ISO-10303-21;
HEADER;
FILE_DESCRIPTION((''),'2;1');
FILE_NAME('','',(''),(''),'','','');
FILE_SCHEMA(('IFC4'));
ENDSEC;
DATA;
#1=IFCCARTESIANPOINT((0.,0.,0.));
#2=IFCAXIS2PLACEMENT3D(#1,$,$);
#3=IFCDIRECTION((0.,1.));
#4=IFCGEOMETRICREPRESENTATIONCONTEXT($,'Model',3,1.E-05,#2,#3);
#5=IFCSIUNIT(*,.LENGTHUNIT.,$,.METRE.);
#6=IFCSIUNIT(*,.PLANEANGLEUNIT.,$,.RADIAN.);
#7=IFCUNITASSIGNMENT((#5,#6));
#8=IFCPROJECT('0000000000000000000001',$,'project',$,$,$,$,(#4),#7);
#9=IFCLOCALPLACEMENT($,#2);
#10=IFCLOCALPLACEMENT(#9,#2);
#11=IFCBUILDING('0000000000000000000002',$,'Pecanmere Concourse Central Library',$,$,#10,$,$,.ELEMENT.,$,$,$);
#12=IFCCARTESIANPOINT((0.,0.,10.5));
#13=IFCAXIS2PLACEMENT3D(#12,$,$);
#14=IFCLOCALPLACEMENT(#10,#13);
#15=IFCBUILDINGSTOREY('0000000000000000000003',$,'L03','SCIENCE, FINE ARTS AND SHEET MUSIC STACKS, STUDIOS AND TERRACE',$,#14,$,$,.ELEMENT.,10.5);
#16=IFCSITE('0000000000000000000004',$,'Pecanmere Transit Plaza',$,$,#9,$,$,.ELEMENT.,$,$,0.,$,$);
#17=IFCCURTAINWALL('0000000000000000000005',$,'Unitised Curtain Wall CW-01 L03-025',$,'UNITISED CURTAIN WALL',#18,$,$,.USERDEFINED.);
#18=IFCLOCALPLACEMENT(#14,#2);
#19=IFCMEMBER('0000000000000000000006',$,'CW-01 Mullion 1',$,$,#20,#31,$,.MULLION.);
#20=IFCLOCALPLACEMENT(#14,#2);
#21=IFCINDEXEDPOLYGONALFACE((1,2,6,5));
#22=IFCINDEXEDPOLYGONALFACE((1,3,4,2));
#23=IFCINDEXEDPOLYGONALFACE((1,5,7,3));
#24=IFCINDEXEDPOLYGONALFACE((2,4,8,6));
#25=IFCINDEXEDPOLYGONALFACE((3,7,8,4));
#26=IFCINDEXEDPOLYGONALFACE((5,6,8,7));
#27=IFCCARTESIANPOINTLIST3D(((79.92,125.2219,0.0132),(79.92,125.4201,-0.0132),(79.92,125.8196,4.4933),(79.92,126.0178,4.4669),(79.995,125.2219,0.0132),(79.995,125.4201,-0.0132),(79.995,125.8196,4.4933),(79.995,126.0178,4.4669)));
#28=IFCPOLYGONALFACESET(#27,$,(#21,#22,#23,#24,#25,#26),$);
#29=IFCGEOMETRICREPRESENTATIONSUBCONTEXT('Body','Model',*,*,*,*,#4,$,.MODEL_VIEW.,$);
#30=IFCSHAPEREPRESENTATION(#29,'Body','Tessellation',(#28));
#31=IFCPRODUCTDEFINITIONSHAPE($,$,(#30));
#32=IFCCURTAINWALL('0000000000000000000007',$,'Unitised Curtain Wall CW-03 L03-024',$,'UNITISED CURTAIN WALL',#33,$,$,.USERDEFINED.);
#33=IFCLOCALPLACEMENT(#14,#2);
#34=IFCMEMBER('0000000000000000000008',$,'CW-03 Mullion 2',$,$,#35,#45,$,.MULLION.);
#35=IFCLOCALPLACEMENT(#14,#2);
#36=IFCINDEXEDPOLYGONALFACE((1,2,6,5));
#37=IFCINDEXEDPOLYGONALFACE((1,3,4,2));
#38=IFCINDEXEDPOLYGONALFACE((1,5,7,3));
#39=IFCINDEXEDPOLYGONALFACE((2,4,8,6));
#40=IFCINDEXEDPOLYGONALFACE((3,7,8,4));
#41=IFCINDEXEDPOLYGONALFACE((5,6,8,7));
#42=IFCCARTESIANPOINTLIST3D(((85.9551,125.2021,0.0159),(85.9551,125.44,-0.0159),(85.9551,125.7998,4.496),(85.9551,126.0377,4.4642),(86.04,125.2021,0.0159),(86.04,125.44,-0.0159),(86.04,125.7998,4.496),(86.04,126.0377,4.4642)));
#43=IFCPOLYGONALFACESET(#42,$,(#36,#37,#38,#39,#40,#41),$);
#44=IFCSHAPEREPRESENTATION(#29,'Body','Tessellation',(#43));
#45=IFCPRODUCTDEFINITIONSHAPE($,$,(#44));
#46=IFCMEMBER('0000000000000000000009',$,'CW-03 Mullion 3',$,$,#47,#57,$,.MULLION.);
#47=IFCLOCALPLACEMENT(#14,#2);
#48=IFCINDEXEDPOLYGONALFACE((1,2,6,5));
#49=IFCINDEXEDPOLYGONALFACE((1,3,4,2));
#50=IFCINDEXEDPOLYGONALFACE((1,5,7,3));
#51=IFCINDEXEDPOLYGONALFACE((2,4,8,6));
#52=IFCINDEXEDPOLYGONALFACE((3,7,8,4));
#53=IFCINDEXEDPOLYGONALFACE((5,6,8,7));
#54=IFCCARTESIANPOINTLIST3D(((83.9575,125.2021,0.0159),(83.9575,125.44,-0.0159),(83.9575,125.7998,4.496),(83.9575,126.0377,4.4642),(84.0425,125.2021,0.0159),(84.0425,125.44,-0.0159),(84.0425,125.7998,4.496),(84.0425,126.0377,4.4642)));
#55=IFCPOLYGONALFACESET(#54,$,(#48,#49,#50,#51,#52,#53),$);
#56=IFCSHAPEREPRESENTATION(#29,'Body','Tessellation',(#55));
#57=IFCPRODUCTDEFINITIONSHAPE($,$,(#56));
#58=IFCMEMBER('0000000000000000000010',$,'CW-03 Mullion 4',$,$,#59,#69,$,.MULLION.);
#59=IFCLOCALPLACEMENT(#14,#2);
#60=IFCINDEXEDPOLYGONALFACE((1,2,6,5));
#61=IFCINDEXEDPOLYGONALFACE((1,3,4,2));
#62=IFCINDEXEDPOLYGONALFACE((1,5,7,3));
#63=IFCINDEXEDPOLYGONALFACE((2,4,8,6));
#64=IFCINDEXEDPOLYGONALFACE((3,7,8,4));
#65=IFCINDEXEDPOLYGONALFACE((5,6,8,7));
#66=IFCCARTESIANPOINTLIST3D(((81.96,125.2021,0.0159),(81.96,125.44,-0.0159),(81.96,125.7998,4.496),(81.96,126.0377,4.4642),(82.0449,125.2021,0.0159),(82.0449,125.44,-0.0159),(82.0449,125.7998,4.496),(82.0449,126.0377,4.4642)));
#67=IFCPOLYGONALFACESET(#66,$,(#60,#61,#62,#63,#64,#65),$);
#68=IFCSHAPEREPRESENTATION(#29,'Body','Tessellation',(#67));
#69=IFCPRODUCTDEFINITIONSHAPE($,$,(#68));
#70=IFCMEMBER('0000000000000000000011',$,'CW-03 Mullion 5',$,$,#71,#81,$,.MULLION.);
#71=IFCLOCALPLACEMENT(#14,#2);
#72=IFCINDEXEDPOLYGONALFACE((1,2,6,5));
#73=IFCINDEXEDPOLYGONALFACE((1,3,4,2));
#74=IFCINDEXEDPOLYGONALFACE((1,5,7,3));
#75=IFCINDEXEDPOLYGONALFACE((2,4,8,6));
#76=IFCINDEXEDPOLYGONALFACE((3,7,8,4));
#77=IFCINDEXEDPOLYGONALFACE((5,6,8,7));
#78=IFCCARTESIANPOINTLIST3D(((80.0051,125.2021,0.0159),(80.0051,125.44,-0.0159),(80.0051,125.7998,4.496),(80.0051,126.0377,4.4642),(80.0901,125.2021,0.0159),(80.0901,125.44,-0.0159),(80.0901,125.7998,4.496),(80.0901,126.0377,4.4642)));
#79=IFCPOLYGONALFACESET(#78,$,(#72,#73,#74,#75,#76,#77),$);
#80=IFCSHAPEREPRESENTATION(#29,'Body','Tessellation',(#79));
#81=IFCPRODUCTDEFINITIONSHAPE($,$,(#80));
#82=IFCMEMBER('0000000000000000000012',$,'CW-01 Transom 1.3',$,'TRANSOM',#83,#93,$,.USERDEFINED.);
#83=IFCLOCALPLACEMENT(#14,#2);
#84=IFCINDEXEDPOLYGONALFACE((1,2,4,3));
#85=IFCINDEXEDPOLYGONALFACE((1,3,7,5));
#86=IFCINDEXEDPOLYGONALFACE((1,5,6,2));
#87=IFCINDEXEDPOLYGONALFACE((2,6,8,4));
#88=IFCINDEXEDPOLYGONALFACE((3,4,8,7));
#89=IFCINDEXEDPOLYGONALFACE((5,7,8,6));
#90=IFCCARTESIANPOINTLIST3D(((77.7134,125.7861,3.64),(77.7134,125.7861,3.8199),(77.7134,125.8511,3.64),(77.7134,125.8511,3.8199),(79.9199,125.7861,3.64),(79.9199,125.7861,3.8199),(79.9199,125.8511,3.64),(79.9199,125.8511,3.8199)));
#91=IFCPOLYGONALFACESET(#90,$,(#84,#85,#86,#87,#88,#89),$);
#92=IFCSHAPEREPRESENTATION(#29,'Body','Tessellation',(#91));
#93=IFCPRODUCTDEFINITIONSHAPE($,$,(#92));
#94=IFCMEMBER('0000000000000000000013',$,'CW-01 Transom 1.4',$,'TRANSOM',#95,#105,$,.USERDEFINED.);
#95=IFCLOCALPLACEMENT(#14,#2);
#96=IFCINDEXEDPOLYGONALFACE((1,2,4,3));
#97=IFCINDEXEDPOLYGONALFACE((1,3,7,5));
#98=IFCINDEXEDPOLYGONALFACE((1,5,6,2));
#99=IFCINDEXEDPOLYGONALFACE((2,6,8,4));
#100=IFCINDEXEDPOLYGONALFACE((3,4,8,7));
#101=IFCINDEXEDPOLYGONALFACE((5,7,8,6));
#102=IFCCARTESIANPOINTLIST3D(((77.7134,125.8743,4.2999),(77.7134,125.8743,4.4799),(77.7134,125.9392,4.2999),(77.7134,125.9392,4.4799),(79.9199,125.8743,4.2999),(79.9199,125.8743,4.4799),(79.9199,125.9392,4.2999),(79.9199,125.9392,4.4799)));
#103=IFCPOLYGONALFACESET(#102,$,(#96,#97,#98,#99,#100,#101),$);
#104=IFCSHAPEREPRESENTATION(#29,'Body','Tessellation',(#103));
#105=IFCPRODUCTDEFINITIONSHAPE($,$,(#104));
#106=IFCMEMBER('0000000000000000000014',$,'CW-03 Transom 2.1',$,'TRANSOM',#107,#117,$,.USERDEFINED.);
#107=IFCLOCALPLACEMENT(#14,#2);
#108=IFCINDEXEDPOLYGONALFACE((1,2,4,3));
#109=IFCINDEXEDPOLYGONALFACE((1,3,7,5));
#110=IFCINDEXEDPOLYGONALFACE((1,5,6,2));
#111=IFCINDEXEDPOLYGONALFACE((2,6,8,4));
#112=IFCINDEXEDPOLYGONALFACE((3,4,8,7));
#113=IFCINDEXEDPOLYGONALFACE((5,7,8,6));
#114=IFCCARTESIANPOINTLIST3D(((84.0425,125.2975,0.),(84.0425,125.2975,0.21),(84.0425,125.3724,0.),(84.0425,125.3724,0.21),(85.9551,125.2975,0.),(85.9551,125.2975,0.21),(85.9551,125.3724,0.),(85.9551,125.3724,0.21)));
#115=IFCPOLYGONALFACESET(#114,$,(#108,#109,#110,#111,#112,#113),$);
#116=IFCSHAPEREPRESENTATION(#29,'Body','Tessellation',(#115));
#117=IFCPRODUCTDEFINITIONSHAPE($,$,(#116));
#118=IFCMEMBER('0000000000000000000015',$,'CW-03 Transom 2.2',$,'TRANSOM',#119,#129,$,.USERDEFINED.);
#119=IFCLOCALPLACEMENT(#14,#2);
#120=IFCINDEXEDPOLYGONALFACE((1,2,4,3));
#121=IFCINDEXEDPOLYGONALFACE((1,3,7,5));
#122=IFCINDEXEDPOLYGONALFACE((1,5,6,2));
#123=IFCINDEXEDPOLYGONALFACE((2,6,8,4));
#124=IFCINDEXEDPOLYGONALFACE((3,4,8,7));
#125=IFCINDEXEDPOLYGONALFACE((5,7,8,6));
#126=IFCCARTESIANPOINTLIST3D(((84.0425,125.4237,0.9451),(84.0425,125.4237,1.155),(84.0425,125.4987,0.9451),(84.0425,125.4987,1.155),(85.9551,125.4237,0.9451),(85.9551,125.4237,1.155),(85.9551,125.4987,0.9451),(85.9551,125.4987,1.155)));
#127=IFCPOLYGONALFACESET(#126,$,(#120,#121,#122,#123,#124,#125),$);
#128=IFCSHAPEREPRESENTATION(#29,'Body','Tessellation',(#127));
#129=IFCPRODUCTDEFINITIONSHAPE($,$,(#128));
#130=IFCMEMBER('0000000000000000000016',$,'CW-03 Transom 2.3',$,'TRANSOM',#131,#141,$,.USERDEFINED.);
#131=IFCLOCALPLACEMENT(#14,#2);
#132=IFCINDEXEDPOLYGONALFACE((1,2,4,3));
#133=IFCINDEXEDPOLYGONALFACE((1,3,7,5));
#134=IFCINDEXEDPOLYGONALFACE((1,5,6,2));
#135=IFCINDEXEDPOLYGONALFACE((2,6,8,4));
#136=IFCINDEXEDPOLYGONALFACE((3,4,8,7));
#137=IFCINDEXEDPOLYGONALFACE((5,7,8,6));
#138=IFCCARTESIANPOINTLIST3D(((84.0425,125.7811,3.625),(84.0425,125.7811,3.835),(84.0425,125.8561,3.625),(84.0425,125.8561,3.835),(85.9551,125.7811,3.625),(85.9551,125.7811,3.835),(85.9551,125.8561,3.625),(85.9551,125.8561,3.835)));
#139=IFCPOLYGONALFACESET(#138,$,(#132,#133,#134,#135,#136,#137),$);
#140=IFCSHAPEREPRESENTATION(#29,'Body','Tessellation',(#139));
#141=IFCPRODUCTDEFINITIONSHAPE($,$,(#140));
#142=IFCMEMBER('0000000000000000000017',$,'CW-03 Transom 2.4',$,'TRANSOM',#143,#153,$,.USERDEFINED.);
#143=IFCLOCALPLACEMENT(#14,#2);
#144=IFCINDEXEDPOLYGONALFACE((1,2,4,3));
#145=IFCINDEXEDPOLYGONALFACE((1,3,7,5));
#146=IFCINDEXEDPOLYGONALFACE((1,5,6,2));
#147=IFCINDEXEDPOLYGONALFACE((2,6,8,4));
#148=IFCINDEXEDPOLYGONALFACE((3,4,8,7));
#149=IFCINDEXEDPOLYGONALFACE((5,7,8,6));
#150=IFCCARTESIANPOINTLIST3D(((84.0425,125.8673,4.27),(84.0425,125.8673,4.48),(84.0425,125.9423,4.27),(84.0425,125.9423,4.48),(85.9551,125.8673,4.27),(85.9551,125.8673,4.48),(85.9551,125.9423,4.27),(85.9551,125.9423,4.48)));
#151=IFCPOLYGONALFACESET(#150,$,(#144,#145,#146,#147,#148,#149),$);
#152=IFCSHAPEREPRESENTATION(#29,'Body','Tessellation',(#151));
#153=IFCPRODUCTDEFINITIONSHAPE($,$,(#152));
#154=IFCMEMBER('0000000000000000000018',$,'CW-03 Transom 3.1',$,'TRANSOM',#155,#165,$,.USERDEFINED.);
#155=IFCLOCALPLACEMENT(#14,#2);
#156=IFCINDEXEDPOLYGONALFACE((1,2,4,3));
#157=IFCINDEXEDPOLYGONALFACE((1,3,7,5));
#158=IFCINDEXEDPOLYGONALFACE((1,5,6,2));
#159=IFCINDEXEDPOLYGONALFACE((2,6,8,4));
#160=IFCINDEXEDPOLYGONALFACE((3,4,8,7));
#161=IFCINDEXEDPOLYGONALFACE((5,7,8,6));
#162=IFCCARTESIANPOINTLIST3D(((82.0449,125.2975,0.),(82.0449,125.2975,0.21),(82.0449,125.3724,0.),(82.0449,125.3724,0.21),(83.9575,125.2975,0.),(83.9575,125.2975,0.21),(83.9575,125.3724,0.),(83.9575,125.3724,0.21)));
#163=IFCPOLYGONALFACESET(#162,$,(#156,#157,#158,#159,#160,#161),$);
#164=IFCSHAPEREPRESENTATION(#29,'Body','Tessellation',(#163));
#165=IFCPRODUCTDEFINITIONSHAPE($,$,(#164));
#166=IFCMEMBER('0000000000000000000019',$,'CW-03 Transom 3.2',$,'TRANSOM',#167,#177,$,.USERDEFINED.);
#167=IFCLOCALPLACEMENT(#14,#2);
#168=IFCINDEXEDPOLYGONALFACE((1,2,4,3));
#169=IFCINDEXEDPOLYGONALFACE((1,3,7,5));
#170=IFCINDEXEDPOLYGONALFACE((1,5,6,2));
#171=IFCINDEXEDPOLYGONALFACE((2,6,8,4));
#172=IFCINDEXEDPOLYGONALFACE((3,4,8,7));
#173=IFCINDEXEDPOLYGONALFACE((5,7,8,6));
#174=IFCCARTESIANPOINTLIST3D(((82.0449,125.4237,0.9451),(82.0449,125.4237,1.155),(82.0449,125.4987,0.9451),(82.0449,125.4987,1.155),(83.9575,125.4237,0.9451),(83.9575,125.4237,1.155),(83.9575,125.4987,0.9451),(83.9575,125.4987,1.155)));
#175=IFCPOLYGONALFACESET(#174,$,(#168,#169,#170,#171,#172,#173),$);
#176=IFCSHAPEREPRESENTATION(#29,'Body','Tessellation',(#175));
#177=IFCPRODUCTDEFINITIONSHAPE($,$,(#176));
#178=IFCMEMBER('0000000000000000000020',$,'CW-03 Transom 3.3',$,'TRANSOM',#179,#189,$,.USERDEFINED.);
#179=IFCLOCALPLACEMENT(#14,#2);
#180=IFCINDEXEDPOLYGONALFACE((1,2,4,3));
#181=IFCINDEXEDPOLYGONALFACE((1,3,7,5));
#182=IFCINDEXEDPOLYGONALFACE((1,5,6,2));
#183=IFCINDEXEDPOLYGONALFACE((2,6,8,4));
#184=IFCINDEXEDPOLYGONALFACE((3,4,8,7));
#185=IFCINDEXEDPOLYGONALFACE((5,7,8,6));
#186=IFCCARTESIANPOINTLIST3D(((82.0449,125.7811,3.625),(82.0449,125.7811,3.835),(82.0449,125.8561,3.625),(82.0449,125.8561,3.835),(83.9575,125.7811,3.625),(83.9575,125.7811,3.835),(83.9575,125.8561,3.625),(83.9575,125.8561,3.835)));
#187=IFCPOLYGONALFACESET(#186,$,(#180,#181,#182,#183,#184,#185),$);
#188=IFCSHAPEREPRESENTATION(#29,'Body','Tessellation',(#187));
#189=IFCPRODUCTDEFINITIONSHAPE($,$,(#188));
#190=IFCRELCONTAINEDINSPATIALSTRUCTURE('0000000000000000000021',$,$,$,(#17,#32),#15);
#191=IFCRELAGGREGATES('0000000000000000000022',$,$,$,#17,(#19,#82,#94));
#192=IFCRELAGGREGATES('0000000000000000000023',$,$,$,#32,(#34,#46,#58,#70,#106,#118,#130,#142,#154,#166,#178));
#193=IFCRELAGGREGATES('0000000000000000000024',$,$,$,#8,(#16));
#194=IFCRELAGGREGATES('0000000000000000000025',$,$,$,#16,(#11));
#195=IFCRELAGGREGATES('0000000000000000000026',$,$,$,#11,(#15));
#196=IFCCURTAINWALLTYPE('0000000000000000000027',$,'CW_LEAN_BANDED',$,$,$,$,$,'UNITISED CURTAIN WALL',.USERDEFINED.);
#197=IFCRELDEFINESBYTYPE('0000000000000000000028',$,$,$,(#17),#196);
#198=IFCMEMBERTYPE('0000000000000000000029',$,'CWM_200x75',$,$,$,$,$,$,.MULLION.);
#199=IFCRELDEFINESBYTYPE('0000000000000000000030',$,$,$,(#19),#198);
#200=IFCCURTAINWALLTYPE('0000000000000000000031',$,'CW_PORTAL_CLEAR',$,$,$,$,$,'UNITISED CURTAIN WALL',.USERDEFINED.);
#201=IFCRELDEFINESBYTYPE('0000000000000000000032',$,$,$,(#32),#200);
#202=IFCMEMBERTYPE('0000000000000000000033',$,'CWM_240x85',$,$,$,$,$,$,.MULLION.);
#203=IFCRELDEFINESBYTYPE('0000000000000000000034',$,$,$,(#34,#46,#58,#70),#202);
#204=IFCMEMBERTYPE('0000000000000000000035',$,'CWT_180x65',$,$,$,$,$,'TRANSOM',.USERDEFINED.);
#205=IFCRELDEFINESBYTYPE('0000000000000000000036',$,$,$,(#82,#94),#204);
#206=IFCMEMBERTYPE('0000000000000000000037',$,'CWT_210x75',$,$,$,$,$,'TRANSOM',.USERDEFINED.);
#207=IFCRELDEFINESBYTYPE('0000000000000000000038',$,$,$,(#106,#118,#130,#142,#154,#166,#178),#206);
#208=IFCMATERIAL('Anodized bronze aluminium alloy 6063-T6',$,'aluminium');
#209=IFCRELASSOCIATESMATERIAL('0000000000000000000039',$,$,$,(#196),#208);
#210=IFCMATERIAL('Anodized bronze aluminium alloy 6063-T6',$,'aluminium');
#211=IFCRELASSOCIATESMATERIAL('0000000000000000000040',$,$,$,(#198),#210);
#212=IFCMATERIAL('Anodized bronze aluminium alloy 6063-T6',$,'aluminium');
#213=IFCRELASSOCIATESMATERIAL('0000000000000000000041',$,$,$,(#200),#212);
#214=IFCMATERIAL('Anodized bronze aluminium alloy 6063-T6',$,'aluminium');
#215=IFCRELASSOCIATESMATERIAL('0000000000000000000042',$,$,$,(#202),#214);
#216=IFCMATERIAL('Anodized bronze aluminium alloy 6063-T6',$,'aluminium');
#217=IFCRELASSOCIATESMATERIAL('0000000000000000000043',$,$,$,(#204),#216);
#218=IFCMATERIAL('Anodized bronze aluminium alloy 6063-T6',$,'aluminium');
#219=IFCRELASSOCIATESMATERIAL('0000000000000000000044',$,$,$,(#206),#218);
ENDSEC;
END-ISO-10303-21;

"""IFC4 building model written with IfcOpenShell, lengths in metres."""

from ifc_helpers import new_model, si_unit, direction, frame, origin, origin_2d, place, context, subcontext, project, spatial, rectangle, extrude, material, material_profile, profile_set, type_object, element, aggregate, save


model = new_model("IFC4")

# Units and contexts
model_context = context("Model", 3, precision=1e-05, world=origin(), true_north=direction((0.0, 1.0)))
body_context = subcontext(model_context, "Body", "Model", "MODEL_VIEW")
ifc_project = project(units=[si_unit("LENGTHUNIT", "METRE"), si_unit("PLANEANGLEUNIT", "RADIAN")], contexts=[model_context])

# Site, building, storey
site_placement = place(None, origin())
site = spatial("IfcSite", under=ifc_project, at=site_placement, Name="Pecanmere Transit Plaza", CompositionType="ELEMENT", RefElevation=0.0)
building_placement = place(site_placement, origin())
building = spatial("IfcBuilding", under=site, at=building_placement, Name="Pecanmere Concourse Central Library", CompositionType="ELEMENT")
storey_placement = place(building_placement, frame((0.0, 0.0, 10.5)))
storey = spatial("IfcBuildingStorey", under=building, at=storey_placement, Name="L03", Description="SCIENCE, FINE ARTS AND SHEET MUSIC STACKS, STUDIOS AND TERRACE", CompositionType="ELEMENT", Elevation=10.5)

# Curtain wall, member
ifc_material_1 = material(Name="Anodized bronze aluminium alloy 6063-T6", Category="aluminium")
curtain_wall_type_1 = type_object("IfcCurtainWallType", Name="CW_LEAN_BANDED", ElementType="UNITISED CURTAIN WALL", PredefinedType="USERDEFINED", material=ifc_material_1)
curtain_wall_1_placement = place(storey_placement, origin())
curtain_wall_1 = element("IfcCurtainWall", 1, at=curtain_wall_1_placement, inside=storey, type_object=curtain_wall_type_1, Name="Unitised Curtain Wall CW-01 L03-025", ObjectType="UNITISED CURTAIN WALL", PredefinedType="USERDEFINED")
ifc_material_2 = material(Name="Anodized bronze aluminium alloy 6063-T6", Category="aluminium")
ifc_material_profile_1 = material_profile(ifc_material_2, rectangle(XDim=0.075, YDim=0.2, at=origin_2d()), Name="AL 75x200")
ifc_profile_set_1 = profile_set([ifc_material_profile_1], Name="Anodized bronze aluminium alloy 6063-T6")
member_type_1 = type_object("IfcMemberType", Name="CWM_200x75", PredefinedType="MULLION", material=ifc_profile_set_1)
member_1_placement = place(storey_placement, frame((79.9575, 125.321, 0.0), z_axis=(0.0, 0.132234, 0.991218), x_axis=(-1.0, 0.0, 0.0)))
member_1 = element("IfcMember", 2, at=member_1_placement, type_object=member_type_1, Name="CW-01 Mullion 1", PredefinedType="MULLION", context=body_context, shape_type="SweptSolid", body=[
    extrude(rectangle(XDim=0.075, YDim=0.2, at=origin_2d()), origin(), (0.0, 0.0, 1.0), 4.5198),
])

# Curtain wall, members
ifc_material_3 = material(Name="Anodized bronze aluminium alloy 6063-T6", Category="aluminium")
curtain_wall_type_2 = type_object("IfcCurtainWallType", Name="CW_PORTAL_CLEAR", ElementType="UNITISED CURTAIN WALL", PredefinedType="USERDEFINED", material=ifc_material_3)
curtain_wall_2_placement = place(storey_placement, origin())
curtain_wall_2 = element("IfcCurtainWall", 3, at=curtain_wall_2_placement, inside=storey, type_object=curtain_wall_type_2, Name="Unitised Curtain Wall CW-03 L03-024", ObjectType="UNITISED CURTAIN WALL", PredefinedType="USERDEFINED")
ifc_material_4 = material(Name="Anodized bronze aluminium alloy 6063-T6", Category="aluminium")
ifc_material_profile_2 = material_profile(ifc_material_4, rectangle(XDim=0.085, YDim=0.24, at=origin_2d()), Name="AL 85x240")
ifc_profile_set_2 = profile_set([ifc_material_profile_2], Name="Anodized bronze aluminium alloy 6063-T6")
member_type_2 = type_object("IfcMemberType", Name="CWM_240x85", PredefinedType="MULLION", material=ifc_profile_set_2)
member_2_placement = place(storey_placement, frame((85.9976, 125.321, 0.0), z_axis=(0.0, 0.132234, 0.991218), x_axis=(-1.0, 0.0, 0.0)))
member_2 = element("IfcMember", 4, at=member_2_placement, type_object=member_type_2, Name="CW-03 Mullion 2", PredefinedType="MULLION", context=body_context, shape_type="SweptSolid", body=[
    extrude(rectangle(XDim=0.085, YDim=0.24, at=origin_2d()), origin(), (0.0, 0.0, 1.0), 4.5198),
])
member_3_placement = place(storey_placement, frame((84.0, 125.321, 0.0), z_axis=(0.0, 0.132234, 0.991218), x_axis=(-1.0, 0.0, 0.0)))
member_3 = element("IfcMember", 5, at=member_3_placement, type_object=member_type_2, Name="CW-03 Mullion 3", PredefinedType="MULLION", context=body_context, shape_type="SweptSolid", body=[
    extrude(rectangle(XDim=0.085, YDim=0.24, at=origin_2d()), origin(), (0.0, 0.0, 1.0), 4.5198),
])
member_4_placement = place(storey_placement, frame((82.0024, 125.321, 0.0), z_axis=(0.0, 0.132234, 0.991218), x_axis=(-1.0, 0.0, 0.0)))
member_4 = element("IfcMember", 6, at=member_4_placement, type_object=member_type_2, Name="CW-03 Mullion 4", PredefinedType="MULLION", context=body_context, shape_type="SweptSolid", body=[
    extrude(rectangle(XDim=0.085, YDim=0.24, at=origin_2d()), origin(), (0.0, 0.0, 1.0), 4.5198),
])
member_5_placement = place(storey_placement, frame((80.0476, 125.321, 0.0), z_axis=(0.0, 0.132234, 0.991218), x_axis=(-1.0, 0.0, 0.0)))
member_5 = element("IfcMember", 7, at=member_5_placement, type_object=member_type_2, Name="CW-03 Mullion 5", PredefinedType="MULLION", context=body_context, shape_type="SweptSolid", body=[
    extrude(rectangle(XDim=0.085, YDim=0.24, at=origin_2d()), origin(), (0.0, 0.0, 1.0), 4.5198),
])

# Members
ifc_material_5 = material(Name="Anodized bronze aluminium alloy 6063-T6", Category="aluminium")
ifc_material_profile_3 = material_profile(ifc_material_5, rectangle(XDim=0.0649, YDim=0.1799, at=origin_2d()), Name="AL 65x180")
ifc_profile_set_3 = profile_set([ifc_material_profile_3], Name="Anodized bronze aluminium alloy 6063-T6")
member_type_3 = type_object("IfcMemberType", Name="CWT_180x65", ElementType="TRANSOM", PredefinedType="USERDEFINED", material=ifc_profile_set_3)
member_6_placement = place(storey_placement, frame((79.9199, 125.8186, 3.73), z_axis=(-1.0, 0.0, 0.0), x_axis=(0.0, -1.0, 0.0)))
member_6 = element("IfcMember", 8, at=member_6_placement, type_object=member_type_3, Name="CW-01 Transom 1.3", ObjectType="TRANSOM", PredefinedType="USERDEFINED", context=body_context, shape_type="SweptSolid", body=[
    extrude(rectangle(XDim=0.0649, YDim=0.1799, at=origin_2d()), origin(), (0.0, 0.0, 1.0), 2.2065),
])
member_7_placement = place(storey_placement, frame((79.9199, 125.9067, 4.3899), z_axis=(-1.0, 0.0, 0.0), x_axis=(0.0, -1.0, 0.0)))
member_7 = element("IfcMember", 9, at=member_7_placement, type_object=member_type_3, Name="CW-01 Transom 1.4", ObjectType="TRANSOM", PredefinedType="USERDEFINED", context=body_context, shape_type="SweptSolid", body=[
    extrude(rectangle(XDim=0.0649, YDim=0.1799, at=origin_2d()), origin(), (0.0, 0.0, 1.0), 2.2065),
])
aggregate(curtain_wall_1, [member_1, member_6, member_7])
ifc_material_6 = material(Name="Anodized bronze aluminium alloy 6063-T6", Category="aluminium")
ifc_material_profile_4 = material_profile(ifc_material_6, rectangle(XDim=0.075, YDim=0.21, at=origin_2d()), Name="AL 75x210")
ifc_profile_set_4 = profile_set([ifc_material_profile_4], Name="Anodized bronze aluminium alloy 6063-T6")
member_type_4 = type_object("IfcMemberType", Name="CWT_210x75", ElementType="TRANSOM", PredefinedType="USERDEFINED", material=ifc_profile_set_4)
member_8_placement = place(storey_placement, frame((85.9551, 125.335, 0.105), z_axis=(-1.0, 0.0, 0.0), x_axis=(0.0, -1.0, 0.0)))
member_8 = element("IfcMember", 10, at=member_8_placement, type_object=member_type_4, Name="CW-03 Transom 2.1", ObjectType="TRANSOM", PredefinedType="USERDEFINED", context=body_context, shape_type="SweptSolid", body=[
    extrude(rectangle(XDim=0.075, YDim=0.21, at=origin_2d()), origin(), (0.0, 0.0, 1.0), 1.9126),
])
member_9_placement = place(storey_placement, frame((85.9551, 125.4612, 1.05), z_axis=(-1.0, 0.0, 0.0), x_axis=(0.0, -1.0, 0.0)))
member_9 = element("IfcMember", 11, at=member_9_placement, type_object=member_type_4, Name="CW-03 Transom 2.2", ObjectType="TRANSOM", PredefinedType="USERDEFINED", context=body_context, shape_type="SweptSolid", body=[
    extrude(rectangle(XDim=0.075, YDim=0.21, at=origin_2d()), origin(), (0.0, 0.0, 1.0), 1.9126),
])
member_10_placement = place(storey_placement, frame((85.9551, 125.8186, 3.73), z_axis=(-1.0, 0.0, 0.0), x_axis=(0.0, -1.0, 0.0)))
member_10 = element("IfcMember", 12, at=member_10_placement, type_object=member_type_4, Name="CW-03 Transom 2.3", ObjectType="TRANSOM", PredefinedType="USERDEFINED", context=body_context, shape_type="SweptSolid", body=[
    extrude(rectangle(XDim=0.075, YDim=0.21, at=origin_2d()), origin(), (0.0, 0.0, 1.0), 1.9126),
])
member_11_placement = place(storey_placement, frame((85.9551, 125.9048, 4.375), z_axis=(-1.0, 0.0, 0.0), x_axis=(0.0, -1.0, 0.0)))
member_11 = element("IfcMember", 13, at=member_11_placement, type_object=member_type_4, Name="CW-03 Transom 2.4", ObjectType="TRANSOM", PredefinedType="USERDEFINED", context=body_context, shape_type="SweptSolid", body=[
    extrude(rectangle(XDim=0.075, YDim=0.21, at=origin_2d()), origin(), (0.0, 0.0, 1.0), 1.9126),
])
member_12_placement = place(storey_placement, frame((83.9575, 125.335, 0.105), z_axis=(-1.0, 0.0, 0.0), x_axis=(0.0, -1.0, 0.0)))
member_12 = element("IfcMember", 14, at=member_12_placement, type_object=member_type_4, Name="CW-03 Transom 3.1", ObjectType="TRANSOM", PredefinedType="USERDEFINED", context=body_context, shape_type="SweptSolid", body=[
    extrude(rectangle(XDim=0.075, YDim=0.21, at=origin_2d()), origin(), (0.0, 0.0, 1.0), 1.9126),
])
member_13_placement = place(storey_placement, frame((83.9575, 125.4612, 1.05), z_axis=(-1.0, 0.0, 0.0), x_axis=(0.0, -1.0, 0.0)))
member_13 = element("IfcMember", 15, at=member_13_placement, type_object=member_type_4, Name="CW-03 Transom 3.2", ObjectType="TRANSOM", PredefinedType="USERDEFINED", context=body_context, shape_type="SweptSolid", body=[
    extrude(rectangle(XDim=0.075, YDim=0.21, at=origin_2d()), origin(), (0.0, 0.0, 1.0), 1.9126),
])
member_14_placement = place(storey_placement, frame((83.9575, 125.8186, 3.73), z_axis=(-1.0, 0.0, 0.0), x_axis=(0.0, -1.0, 0.0)))
member_14 = element("IfcMember", 16, at=member_14_placement, type_object=member_type_4, Name="CW-03 Transom 3.3", ObjectType="TRANSOM", PredefinedType="USERDEFINED", context=body_context, shape_type="SweptSolid", body=[
    extrude(rectangle(XDim=0.075, YDim=0.21, at=origin_2d()), origin(), (0.0, 0.0, 1.0), 1.9126),
])

aggregate(curtain_wall_2, [member_2, member_3, member_4, member_5, member_8, member_9, member_10, member_11, member_12, member_13, member_14])

save(model, "model.ifc")
